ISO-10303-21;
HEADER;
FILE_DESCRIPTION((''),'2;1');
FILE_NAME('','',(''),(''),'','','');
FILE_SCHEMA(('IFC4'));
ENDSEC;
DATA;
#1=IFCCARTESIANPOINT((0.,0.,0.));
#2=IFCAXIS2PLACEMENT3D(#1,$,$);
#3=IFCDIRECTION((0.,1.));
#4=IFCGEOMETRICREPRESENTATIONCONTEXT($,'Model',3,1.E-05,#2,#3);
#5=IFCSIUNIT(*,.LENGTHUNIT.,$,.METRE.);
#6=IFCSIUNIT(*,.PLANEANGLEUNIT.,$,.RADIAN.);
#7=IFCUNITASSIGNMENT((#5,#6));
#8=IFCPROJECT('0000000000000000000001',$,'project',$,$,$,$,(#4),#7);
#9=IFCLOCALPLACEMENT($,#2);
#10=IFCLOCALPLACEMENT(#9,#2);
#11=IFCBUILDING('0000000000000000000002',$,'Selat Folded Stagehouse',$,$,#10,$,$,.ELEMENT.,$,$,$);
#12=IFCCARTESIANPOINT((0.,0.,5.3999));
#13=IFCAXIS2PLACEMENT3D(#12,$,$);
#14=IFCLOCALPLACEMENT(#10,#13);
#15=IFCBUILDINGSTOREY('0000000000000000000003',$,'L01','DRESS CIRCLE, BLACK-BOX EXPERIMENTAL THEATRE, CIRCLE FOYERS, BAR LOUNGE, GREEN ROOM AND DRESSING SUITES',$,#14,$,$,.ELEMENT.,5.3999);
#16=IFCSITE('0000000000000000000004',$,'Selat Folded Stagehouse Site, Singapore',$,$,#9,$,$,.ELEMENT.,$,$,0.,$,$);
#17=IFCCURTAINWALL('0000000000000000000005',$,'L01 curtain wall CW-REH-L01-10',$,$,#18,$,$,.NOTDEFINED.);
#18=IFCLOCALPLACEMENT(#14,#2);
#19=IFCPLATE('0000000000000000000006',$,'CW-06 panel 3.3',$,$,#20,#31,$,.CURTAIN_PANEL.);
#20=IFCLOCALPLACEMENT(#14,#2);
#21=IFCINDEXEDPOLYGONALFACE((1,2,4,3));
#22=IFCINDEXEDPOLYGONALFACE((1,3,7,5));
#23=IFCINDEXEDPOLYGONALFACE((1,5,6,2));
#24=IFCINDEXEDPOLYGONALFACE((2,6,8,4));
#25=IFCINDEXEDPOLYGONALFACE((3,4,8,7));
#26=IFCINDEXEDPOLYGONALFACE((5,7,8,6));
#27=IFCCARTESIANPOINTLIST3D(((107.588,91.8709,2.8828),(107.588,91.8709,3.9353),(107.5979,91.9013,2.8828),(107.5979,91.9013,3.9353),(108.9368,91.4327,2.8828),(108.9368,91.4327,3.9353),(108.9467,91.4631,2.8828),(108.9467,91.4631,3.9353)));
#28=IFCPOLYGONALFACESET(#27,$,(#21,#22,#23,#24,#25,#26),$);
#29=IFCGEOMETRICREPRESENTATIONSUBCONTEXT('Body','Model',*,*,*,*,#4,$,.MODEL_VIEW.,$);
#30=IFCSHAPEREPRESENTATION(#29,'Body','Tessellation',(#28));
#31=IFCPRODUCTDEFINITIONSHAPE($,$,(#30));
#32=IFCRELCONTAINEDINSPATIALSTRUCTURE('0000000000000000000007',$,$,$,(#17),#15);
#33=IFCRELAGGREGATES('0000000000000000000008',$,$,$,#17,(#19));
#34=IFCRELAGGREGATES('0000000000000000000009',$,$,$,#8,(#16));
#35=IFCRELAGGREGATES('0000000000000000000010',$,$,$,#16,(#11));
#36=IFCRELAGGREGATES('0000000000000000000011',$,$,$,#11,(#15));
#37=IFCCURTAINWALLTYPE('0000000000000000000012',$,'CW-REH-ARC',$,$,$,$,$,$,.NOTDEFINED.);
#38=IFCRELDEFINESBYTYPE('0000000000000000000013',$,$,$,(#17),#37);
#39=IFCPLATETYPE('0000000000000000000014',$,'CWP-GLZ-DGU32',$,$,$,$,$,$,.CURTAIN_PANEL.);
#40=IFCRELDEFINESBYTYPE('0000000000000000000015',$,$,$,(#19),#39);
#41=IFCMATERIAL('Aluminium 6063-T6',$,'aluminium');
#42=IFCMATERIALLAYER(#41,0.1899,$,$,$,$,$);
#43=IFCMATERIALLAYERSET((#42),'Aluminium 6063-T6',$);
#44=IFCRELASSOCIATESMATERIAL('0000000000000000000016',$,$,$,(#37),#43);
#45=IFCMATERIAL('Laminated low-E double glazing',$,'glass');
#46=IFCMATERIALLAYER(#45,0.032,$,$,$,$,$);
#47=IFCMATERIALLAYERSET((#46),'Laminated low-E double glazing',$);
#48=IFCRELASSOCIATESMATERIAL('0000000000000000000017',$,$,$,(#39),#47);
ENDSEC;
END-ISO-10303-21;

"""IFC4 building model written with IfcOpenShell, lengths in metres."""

from ifc_helpers import new_model, si_unit, direction, frame, origin, origin_2d, place, context, subcontext, project, spatial, rectangle, extrude, material, layer, layer_set, type_object, element, aggregate, save


model = new_model("IFC4")

# Units and contexts
model_context = context("Model", 3, precision=1e-05, world=origin(), true_north=direction((0.0, 1.0)))
body_context = subcontext(model_context, "Body", "Model", "MODEL_VIEW")
ifc_project = project(units=[si_unit("LENGTHUNIT", "METRE"), si_unit("PLANEANGLEUNIT", "RADIAN")], contexts=[model_context])

# Site, building, storey
site_placement = place(None, origin())
site = spatial("IfcSite", under=ifc_project, at=site_placement, Name="Selat Folded Stagehouse Site, Singapore", CompositionType="ELEMENT", RefElevation=0.0)
building_placement = place(site_placement, origin())
building = spatial("IfcBuilding", under=site, at=building_placement, Name="Selat Folded Stagehouse", CompositionType="ELEMENT")
storey_placement = place(building_placement, frame((0.0, 0.0, 5.3999)))
storey = spatial("IfcBuildingStorey", under=building, at=storey_placement, Name="L01", Description="DRESS CIRCLE, BLACK-BOX EXPERIMENTAL THEATRE, CIRCLE FOYERS, BAR LOUNGE, GREEN ROOM AND DRESSING SUITES", CompositionType="ELEMENT", Elevation=5.3999)

# Shared definitions
ifc_material_1 = material(Name="Aluminium 6063-T6", Category="aluminium")
ifc_layer_1 = layer(ifc_material_1, 0.1899)
ifc_layer_set_1 = layer_set([ifc_layer_1], Name="Aluminium 6063-T6")
curtain_wall_type = type_object("IfcCurtainWallType", Name="CW-REH-ARC", PredefinedType="NOTDEFINED", material=ifc_layer_set_1)

# Curtain wall
curtain_wall_1_placement = place(storey_placement, origin())
curtain_wall_1 = element("IfcCurtainWall", 1, at=curtain_wall_1_placement, inside=storey, type_object=curtain_wall_type, Name="L01 curtain wall CW-REH-L01-10", PredefinedType="NOTDEFINED")

# Plate
ifc_material_2 = material(Name="Laminated low-E double glazing", Category="glass")
ifc_layer_2 = layer(ifc_material_2, 0.032)
ifc_layer_set_2 = layer_set([ifc_layer_2], Name="Laminated low-E double glazing")
plate_type = type_object("IfcPlateType", Name="CWP-GLZ-DGU32", PredefinedType="CURTAIN_PANEL", material=ifc_layer_set_2)
plate_1_placement = place(storey_placement, frame((108.2673, 91.667, 2.8828), z_axis=(0.0, 0.0, 1.0), x_axis=(-0.951065, 0.308992, 0.0)))
plate_1 = element("IfcPlate", 2, at=plate_1_placement, type_object=plate_type, Name="CW-06 panel 3.3", PredefinedType="CURTAIN_PANEL", context=body_context, shape_type="SweptSolid", body=[
    extrude(rectangle(XDim=1.4182, YDim=0.032, at=origin_2d()), origin(), (0.0, 0.0, 1.0), 1.0525),
])
aggregate(curtain_wall_1, [plate_1])

save(model, "model.ifc")
